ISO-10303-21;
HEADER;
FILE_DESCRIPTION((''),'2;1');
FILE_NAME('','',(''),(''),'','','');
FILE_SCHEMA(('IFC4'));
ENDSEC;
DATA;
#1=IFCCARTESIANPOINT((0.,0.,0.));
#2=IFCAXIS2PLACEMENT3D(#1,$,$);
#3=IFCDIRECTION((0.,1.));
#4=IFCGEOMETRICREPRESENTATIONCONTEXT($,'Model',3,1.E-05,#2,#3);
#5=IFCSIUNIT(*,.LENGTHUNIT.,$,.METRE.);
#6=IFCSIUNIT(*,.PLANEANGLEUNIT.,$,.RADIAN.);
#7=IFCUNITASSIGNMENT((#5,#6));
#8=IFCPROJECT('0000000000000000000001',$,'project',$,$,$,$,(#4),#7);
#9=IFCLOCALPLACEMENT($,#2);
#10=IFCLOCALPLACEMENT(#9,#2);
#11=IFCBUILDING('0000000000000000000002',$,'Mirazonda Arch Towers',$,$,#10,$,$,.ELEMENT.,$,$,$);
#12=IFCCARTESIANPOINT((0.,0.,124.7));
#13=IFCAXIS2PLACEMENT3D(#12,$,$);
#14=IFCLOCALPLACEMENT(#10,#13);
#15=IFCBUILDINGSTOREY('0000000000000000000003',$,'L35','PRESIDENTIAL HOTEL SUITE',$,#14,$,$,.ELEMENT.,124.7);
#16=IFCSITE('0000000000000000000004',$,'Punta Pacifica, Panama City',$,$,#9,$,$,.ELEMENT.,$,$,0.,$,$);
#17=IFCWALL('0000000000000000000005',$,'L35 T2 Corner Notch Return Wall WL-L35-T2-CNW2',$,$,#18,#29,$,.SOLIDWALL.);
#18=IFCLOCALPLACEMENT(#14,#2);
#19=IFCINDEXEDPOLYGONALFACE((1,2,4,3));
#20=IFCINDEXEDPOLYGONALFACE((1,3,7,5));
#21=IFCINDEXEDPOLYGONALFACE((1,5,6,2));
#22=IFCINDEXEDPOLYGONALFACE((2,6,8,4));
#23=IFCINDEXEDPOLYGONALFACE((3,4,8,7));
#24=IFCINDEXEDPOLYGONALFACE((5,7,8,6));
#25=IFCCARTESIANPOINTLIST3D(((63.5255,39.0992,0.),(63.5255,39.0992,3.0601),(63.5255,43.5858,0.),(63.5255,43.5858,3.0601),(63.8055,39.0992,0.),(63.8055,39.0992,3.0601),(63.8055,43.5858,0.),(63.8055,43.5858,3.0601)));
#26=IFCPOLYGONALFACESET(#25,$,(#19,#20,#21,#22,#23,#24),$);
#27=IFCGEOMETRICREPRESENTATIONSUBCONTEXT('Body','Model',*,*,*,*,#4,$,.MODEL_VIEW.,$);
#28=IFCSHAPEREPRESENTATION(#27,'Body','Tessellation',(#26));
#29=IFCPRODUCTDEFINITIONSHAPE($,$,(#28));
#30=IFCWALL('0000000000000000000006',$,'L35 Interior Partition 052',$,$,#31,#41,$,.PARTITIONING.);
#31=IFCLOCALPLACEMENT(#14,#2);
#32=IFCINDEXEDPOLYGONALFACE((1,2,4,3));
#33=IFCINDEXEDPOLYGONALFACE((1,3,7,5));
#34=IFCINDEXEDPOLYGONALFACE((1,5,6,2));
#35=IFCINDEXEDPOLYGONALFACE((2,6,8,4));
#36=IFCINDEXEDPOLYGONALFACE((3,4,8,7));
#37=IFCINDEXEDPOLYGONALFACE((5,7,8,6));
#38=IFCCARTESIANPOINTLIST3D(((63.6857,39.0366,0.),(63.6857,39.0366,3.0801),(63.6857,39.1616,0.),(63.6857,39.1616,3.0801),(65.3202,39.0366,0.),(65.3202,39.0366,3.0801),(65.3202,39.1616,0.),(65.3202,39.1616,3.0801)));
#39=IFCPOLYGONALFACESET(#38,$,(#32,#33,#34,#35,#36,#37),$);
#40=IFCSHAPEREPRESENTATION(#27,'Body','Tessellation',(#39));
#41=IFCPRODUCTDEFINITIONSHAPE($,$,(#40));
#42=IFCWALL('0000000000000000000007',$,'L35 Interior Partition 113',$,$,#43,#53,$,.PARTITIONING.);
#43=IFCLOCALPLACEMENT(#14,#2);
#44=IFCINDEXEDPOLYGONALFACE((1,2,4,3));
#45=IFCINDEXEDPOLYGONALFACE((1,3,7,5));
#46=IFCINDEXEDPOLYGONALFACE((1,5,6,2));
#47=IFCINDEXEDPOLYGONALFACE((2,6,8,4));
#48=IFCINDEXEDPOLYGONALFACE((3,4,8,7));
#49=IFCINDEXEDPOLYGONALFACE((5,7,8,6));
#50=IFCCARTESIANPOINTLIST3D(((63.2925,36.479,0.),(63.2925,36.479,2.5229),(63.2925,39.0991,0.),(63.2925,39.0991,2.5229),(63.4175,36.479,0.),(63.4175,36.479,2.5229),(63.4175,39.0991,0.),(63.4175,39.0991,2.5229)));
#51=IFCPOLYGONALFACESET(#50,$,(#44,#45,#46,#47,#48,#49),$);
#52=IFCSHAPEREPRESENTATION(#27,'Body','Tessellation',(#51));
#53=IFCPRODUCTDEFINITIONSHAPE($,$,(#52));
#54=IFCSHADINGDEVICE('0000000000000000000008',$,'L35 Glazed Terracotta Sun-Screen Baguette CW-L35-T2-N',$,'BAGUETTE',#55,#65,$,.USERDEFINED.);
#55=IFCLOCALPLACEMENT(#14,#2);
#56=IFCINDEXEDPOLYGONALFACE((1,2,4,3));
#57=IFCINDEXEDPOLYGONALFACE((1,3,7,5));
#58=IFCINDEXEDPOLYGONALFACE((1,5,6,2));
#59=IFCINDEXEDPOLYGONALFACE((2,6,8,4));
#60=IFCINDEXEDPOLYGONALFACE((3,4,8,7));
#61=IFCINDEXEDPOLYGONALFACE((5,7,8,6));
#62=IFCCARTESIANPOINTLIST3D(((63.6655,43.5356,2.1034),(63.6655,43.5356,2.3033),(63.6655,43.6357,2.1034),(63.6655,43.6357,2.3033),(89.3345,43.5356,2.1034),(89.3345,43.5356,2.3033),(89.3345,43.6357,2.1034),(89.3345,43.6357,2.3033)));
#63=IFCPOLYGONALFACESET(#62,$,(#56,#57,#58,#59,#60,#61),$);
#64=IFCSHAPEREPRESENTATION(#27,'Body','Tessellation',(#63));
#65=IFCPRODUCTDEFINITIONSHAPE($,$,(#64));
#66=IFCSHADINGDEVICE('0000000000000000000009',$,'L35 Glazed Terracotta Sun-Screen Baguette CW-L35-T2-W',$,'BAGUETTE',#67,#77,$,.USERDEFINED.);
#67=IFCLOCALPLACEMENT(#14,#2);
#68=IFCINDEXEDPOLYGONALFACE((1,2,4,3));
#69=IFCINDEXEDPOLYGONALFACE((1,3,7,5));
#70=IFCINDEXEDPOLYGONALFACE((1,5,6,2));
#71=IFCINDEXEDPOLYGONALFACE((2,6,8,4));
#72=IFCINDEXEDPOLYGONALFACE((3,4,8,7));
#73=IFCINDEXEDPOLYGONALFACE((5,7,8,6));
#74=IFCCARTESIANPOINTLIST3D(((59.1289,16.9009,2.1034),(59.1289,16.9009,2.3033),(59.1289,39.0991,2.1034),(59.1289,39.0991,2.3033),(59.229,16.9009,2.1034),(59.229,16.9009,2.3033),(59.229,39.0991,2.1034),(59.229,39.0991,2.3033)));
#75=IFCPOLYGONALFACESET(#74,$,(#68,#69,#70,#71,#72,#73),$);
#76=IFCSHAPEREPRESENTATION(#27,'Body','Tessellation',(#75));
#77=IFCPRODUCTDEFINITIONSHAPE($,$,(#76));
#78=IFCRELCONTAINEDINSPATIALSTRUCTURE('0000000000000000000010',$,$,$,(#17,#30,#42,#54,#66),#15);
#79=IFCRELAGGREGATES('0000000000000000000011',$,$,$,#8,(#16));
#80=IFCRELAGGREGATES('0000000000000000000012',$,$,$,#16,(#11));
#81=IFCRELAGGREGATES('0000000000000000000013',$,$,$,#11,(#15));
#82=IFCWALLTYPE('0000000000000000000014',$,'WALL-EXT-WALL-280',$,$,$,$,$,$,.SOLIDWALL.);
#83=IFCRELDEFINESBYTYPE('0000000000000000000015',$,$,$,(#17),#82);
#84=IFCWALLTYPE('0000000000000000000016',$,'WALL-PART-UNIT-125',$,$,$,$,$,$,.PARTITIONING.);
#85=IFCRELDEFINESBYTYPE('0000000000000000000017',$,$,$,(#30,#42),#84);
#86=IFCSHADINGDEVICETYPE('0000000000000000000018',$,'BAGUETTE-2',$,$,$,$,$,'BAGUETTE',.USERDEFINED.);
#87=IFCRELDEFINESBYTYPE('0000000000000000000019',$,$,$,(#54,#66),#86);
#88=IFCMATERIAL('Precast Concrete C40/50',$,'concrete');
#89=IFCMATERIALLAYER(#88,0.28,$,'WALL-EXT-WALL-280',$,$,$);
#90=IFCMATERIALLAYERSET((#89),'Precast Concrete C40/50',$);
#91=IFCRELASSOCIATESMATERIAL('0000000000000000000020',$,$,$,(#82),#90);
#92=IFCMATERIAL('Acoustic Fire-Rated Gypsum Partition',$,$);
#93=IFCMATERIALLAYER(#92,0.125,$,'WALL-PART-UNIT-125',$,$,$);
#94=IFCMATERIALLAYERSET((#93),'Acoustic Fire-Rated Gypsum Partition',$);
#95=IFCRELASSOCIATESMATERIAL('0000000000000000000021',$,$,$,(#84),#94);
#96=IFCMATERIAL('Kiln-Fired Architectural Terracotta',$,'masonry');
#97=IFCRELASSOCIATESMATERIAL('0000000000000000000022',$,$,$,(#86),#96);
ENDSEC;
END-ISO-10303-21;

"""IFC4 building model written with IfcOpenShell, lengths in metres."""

from ifc_helpers import new_model, si_unit, direction, frame, frame_2d, origin, origin_2d, place, context, subcontext, project, spatial, rectangle, extrude, material, layer, layer_set, material_profile, profile_set, type_object, element, save


model = new_model("IFC4")

# Units and contexts
model_context = context("Model", 3, precision=1e-05, world=origin(), true_north=direction((0.0, 1.0)))
body_context = subcontext(model_context, "Body", "Model", "MODEL_VIEW")
ifc_project = project(units=[si_unit("LENGTHUNIT", "METRE"), si_unit("PLANEANGLEUNIT", "RADIAN")], contexts=[model_context])

# Site, building, storey
site_placement = place(None, origin())
site = spatial("IfcSite", under=ifc_project, at=site_placement, Name="Punta Pacifica, Panama City", CompositionType="ELEMENT", RefElevation=0.0)
building_placement = place(site_placement, origin())
building = spatial("IfcBuilding", under=site, at=building_placement, Name="Mirazonda Arch Towers", CompositionType="ELEMENT")
storey_placement = place(building_placement, frame((0.0, 0.0, 124.7)))
storey = spatial("IfcBuildingStorey", under=building, at=storey_placement, Name="L35", Description="PRESIDENTIAL HOTEL SUITE", CompositionType="ELEMENT", Elevation=124.7)

# Shared definitions
ifc_material_1 = material(Name="Precast Concrete C40/50", Category="concrete")
ifc_layer_1 = layer(ifc_material_1, 0.28, Name="WALL-EXT-WALL-280")
ifc_layer_set_1 = layer_set([ifc_layer_1], Name="Precast Concrete C40/50")
wall_type_1 = type_object("IfcWallType", Name="WALL-EXT-WALL-280", PredefinedType="SOLIDWALL", material=ifc_layer_set_1)

# Wall
wall_1_placement = place(storey_placement, frame((63.6655, 43.5857, 0.0), z_axis=(0.0, 0.0, 1.0), x_axis=(0.0, -1.0, 0.0)))
element("IfcWall", 1, at=wall_1_placement, inside=storey, type_object=wall_type_1, Name="L35 T2 Corner Notch Return Wall WL-L35-T2-CNW2", PredefinedType="SOLIDWALL", context=body_context, shape_type="SweptSolid", body=[
    extrude(rectangle(XDim=4.4866, YDim=0.28, at=frame_2d((2.2432, 0.0))), origin(), (0.0, 0.0, 1.0), 3.0601),
])

# Walls
ifc_material_2 = material(Name="Acoustic Fire-Rated Gypsum Partition")
ifc_layer_2 = layer(ifc_material_2, 0.125, Name="WALL-PART-UNIT-125")
ifc_layer_set_2 = layer_set([ifc_layer_2], Name="Acoustic Fire-Rated Gypsum Partition")
wall_type_2 = type_object("IfcWallType", Name="WALL-PART-UNIT-125", PredefinedType="PARTITIONING", material=ifc_layer_set_2)
wall_2_placement = place(storey_placement, frame((63.6855, 39.0991, 0.0), z_axis=(0.0, 0.0, 1.0), x_axis=(1.0, 0.0, 0.0)))
element("IfcWall", 2, at=wall_2_placement, inside=storey, type_object=wall_type_2, Name="L35 Interior Partition 052", PredefinedType="PARTITIONING", context=body_context, shape_type="SweptSolid", body=[
    extrude(rectangle(XDim=1.6345, YDim=0.125, at=frame_2d((0.8174, 0.0))), origin(), (0.0, 0.0, 1.0), 3.0801),
])
wall_3_placement = place(storey_placement, frame((63.355, 36.479, 0.0), z_axis=(0.0, 0.0, 1.0), x_axis=(0.0, 1.0, 0.0)))
element("IfcWall", 3, at=wall_3_placement, inside=storey, type_object=wall_type_2, Name="L35 Interior Partition 113", PredefinedType="PARTITIONING", context=body_context, shape_type="SweptSolid", body=[
    extrude(rectangle(XDim=2.6201, YDim=0.125, at=frame_2d((1.3101, 0.0))), origin(), (0.0, 0.0, 1.0), 2.5229),
])

# Shading devices
ifc_material_3 = material(Name="Kiln-Fired Architectural Terracotta", Category="masonry")
ifc_material_profile_1 = material_profile(ifc_material_3, rectangle(XDim=0.1001, YDim=0.2, at=origin_2d()), Name="TERRA-BAG-100x200")
ifc_profile_set_1 = profile_set([ifc_material_profile_1], Name="Kiln-Fired Architectural Terracotta")
shading_device_type = type_object("IfcShadingDeviceType", Name="BAGUETTE-2", ElementType="BAGUETTE", PredefinedType="USERDEFINED", material=ifc_profile_set_1)
shading_device_1_placement = place(storey_placement, frame((63.6655, 43.5857, 2.2034), z_axis=(1.0, 0.0, 0.0), x_axis=(0.0, 1.0, 0.0)))
element("IfcShadingDevice", 4, at=shading_device_1_placement, inside=storey, type_object=shading_device_type, Name="L35 Glazed Terracotta Sun-Screen Baguette CW-L35-T2-N", ObjectType="BAGUETTE", PredefinedType="USERDEFINED", context=body_context, shape_type="SweptSolid", body=[
    extrude(rectangle(XDim=0.1001, YDim=0.2, at=origin_2d()), origin(), (0.0, 0.0, 1.0), 25.6689),
])
shading_device_2_placement = place(storey_placement, frame((59.179, 39.0991, 2.2034), z_axis=(0.0, -1.0, 0.0), x_axis=(1.0, 0.0, 0.0)))
element("IfcShadingDevice", 5, at=shading_device_2_placement, inside=storey, type_object=shading_device_type, Name="L35 Glazed Terracotta Sun-Screen Baguette CW-L35-T2-W", ObjectType="BAGUETTE", PredefinedType="USERDEFINED", context=body_context, shape_type="SweptSolid", body=[
    extrude(rectangle(XDim=0.1001, YDim=0.2, at=origin_2d()), origin(), (0.0, 0.0, 1.0), 22.1982),
])

save(model, "model.ifc")
